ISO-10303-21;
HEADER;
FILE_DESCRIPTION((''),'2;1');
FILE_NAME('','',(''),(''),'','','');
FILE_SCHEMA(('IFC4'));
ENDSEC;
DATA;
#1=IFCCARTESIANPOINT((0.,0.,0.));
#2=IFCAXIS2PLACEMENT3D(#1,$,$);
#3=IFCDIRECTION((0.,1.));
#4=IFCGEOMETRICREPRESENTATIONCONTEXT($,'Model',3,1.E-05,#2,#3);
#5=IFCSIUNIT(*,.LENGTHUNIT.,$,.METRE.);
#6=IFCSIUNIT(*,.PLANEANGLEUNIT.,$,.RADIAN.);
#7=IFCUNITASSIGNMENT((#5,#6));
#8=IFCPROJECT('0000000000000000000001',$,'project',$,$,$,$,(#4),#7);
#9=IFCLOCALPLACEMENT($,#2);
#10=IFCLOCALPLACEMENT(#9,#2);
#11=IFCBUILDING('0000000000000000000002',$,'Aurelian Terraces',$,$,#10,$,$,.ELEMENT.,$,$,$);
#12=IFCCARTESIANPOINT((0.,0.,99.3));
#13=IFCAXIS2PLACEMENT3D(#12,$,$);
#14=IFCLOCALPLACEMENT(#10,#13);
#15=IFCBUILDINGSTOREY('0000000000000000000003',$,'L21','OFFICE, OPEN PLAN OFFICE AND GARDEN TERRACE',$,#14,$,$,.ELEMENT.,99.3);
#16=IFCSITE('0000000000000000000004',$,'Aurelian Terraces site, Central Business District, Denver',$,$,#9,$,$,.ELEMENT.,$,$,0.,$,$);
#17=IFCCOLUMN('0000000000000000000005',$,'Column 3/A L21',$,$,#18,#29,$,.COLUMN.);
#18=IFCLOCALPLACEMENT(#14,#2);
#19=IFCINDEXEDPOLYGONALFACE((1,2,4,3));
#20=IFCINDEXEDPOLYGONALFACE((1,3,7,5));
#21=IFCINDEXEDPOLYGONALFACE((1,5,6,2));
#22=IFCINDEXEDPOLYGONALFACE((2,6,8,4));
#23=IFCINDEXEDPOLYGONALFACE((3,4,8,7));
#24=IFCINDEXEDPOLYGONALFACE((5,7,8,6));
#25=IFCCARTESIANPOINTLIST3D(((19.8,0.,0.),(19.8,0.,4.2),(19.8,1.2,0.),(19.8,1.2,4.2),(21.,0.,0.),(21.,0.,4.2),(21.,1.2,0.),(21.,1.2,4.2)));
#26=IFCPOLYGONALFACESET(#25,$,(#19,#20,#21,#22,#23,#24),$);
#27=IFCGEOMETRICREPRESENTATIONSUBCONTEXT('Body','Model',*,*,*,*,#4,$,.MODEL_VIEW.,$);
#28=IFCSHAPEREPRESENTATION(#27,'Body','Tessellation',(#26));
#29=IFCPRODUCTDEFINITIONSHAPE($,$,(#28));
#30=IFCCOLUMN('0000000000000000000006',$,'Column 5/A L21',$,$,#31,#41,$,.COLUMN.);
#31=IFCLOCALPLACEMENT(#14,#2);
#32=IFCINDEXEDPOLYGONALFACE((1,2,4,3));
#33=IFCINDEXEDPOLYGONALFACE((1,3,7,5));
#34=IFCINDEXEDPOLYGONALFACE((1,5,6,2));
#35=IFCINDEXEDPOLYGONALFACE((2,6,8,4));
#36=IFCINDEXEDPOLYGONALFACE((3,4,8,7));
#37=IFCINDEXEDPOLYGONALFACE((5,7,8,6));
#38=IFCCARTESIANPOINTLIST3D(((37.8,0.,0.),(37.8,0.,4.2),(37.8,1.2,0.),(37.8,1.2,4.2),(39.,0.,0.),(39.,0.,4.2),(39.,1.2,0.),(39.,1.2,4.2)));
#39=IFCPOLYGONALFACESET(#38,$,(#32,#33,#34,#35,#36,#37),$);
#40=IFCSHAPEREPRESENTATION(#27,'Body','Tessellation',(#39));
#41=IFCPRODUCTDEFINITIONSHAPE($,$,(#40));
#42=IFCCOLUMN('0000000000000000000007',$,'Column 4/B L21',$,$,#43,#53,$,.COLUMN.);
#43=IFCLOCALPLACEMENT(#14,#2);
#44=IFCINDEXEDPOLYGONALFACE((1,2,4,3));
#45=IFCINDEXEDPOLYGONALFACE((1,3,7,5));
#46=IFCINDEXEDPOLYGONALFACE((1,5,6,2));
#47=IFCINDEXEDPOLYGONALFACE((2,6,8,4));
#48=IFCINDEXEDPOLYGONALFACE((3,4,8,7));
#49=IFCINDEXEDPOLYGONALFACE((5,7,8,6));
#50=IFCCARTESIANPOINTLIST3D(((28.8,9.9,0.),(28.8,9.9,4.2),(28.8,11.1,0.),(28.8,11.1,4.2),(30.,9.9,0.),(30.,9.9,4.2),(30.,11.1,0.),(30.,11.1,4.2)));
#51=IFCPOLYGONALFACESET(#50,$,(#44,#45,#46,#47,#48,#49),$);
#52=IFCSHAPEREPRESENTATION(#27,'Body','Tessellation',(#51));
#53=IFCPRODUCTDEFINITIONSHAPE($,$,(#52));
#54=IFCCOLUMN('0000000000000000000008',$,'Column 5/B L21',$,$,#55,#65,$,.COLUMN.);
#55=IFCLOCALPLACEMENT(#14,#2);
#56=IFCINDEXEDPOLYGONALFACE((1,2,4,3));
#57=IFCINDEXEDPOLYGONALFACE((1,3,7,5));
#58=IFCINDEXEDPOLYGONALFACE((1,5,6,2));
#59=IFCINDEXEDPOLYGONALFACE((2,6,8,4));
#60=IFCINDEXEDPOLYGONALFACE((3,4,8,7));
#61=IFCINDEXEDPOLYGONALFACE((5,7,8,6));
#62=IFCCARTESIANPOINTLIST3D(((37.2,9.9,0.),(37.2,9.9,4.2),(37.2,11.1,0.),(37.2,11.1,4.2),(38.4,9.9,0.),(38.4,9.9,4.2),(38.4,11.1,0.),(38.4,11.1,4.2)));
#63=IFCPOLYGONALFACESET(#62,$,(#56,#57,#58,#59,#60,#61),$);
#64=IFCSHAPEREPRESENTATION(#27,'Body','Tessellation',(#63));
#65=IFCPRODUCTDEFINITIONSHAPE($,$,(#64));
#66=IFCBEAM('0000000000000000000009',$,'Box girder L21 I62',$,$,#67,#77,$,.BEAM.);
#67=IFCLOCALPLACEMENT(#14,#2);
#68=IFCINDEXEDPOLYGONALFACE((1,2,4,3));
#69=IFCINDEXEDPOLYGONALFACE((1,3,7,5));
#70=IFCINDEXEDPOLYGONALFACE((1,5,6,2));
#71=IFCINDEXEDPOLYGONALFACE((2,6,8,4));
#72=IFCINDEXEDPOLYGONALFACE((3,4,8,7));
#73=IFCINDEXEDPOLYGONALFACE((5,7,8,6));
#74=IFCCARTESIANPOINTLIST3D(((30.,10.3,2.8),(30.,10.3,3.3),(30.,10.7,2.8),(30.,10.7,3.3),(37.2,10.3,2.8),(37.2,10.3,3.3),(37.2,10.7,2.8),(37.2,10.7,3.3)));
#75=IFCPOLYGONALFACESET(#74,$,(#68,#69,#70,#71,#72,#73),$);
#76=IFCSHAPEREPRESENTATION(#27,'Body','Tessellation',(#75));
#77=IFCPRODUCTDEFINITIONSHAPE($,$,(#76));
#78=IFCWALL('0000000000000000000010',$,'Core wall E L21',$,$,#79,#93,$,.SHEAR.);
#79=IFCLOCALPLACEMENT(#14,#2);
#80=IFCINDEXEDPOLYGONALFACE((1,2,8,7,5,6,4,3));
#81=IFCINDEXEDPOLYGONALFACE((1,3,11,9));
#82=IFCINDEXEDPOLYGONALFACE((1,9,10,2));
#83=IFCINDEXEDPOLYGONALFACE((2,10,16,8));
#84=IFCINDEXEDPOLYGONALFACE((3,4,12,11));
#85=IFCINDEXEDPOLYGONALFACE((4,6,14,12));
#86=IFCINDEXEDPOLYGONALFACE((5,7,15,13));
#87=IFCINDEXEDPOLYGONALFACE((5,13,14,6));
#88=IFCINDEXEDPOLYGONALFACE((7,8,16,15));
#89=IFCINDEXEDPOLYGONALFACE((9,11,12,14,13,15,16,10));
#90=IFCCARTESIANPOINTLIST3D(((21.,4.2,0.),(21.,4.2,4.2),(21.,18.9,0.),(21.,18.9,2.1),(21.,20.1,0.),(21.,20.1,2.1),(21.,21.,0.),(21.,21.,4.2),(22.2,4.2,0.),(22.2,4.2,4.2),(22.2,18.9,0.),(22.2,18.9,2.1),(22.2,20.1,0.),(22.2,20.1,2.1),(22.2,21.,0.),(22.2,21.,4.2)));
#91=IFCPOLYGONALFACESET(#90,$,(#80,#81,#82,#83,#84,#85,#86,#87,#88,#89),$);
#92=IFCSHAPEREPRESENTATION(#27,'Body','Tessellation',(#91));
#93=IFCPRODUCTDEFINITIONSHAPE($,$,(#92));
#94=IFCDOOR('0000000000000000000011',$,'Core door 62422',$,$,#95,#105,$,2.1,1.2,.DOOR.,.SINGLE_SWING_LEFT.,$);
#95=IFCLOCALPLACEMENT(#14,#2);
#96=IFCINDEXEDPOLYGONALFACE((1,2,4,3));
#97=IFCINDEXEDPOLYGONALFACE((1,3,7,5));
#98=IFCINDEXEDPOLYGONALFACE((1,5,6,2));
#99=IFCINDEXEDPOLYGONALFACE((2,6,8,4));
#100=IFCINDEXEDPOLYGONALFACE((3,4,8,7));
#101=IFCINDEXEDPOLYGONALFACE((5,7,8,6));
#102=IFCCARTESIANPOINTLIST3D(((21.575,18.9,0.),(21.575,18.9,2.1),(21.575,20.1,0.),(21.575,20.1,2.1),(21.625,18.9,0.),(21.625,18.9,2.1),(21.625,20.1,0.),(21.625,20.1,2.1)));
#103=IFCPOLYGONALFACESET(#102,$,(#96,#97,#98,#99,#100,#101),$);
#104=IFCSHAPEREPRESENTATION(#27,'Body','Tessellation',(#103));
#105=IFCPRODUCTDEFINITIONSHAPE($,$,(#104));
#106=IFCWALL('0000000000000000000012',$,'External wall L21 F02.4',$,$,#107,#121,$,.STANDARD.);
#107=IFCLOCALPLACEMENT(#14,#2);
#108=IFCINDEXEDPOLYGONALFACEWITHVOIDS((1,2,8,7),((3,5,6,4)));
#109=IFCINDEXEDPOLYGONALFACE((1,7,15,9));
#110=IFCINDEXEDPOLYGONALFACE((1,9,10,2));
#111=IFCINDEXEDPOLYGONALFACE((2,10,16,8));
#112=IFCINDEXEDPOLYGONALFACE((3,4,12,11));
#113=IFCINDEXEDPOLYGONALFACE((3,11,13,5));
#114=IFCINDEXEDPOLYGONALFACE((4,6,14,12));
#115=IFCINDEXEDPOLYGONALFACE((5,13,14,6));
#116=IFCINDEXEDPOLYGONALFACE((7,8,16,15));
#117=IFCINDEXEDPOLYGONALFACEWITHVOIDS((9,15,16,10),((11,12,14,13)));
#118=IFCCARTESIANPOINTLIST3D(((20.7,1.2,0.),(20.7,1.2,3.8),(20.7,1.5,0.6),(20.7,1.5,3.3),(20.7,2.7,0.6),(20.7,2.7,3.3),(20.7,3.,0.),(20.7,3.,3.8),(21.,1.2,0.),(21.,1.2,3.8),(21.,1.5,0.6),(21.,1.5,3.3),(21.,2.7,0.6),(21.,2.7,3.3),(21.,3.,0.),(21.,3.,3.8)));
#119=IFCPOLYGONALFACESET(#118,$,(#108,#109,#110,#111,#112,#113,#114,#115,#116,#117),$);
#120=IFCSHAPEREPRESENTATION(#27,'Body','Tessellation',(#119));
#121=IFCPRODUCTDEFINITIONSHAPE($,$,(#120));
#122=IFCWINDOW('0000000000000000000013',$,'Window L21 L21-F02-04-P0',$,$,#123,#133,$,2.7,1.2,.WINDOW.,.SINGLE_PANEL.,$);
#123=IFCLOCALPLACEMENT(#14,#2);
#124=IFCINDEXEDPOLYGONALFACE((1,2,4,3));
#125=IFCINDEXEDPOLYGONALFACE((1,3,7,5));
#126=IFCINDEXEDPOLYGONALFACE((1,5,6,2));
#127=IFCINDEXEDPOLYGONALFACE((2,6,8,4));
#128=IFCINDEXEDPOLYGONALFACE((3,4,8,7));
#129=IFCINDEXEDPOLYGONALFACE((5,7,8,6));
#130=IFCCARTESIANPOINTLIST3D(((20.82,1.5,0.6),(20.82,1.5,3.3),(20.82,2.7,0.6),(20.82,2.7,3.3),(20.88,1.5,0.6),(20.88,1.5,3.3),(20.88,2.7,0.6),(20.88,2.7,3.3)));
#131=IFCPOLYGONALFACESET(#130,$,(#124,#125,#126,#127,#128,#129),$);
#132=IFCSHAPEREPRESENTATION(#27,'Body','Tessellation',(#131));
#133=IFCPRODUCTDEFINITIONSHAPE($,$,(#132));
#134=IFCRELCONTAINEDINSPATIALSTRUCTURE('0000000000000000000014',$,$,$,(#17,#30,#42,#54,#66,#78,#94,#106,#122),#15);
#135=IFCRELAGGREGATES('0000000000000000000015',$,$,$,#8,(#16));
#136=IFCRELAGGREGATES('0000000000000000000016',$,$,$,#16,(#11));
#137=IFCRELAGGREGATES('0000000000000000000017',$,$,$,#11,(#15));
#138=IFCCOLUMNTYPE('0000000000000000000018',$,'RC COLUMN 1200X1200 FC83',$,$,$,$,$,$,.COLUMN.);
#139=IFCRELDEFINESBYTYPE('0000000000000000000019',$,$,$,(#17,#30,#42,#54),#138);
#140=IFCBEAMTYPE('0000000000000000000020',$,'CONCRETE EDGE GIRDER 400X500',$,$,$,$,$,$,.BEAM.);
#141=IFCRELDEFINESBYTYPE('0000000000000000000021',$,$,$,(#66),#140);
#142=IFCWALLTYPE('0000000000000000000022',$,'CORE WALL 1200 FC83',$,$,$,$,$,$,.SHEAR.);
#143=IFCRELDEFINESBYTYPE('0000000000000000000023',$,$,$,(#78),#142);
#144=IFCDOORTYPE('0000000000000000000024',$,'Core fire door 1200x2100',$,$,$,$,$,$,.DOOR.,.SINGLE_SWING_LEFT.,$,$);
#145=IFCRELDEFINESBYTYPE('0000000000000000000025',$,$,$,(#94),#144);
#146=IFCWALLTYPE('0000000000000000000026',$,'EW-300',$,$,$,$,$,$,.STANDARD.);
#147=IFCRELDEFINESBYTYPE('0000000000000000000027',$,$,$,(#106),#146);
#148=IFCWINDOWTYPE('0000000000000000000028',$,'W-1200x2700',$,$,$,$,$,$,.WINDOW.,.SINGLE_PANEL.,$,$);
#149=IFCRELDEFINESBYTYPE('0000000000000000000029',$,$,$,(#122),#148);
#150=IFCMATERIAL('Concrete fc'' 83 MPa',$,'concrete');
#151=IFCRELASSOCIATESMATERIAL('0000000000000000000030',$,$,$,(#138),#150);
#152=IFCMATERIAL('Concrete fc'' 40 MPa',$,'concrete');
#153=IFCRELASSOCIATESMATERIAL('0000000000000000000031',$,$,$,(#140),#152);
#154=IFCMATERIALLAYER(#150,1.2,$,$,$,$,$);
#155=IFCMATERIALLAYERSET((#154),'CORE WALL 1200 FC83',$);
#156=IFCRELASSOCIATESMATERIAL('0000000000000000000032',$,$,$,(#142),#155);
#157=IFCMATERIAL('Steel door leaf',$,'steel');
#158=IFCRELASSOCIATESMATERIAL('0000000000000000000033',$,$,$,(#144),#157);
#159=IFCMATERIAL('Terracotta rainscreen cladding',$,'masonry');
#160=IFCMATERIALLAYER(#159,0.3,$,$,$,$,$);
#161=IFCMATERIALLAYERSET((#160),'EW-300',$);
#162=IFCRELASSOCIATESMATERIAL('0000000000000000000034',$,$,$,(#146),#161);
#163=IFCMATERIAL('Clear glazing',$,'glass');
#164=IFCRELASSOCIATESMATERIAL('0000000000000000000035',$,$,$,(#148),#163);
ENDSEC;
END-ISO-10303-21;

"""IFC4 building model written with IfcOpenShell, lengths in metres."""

from ifc_helpers import new_model, si_unit, direction, frame, frame_2d, origin, origin_2d, place, context, subcontext, project, spatial, rectangle, extrude, source, transform, mapped, material, layer, layer_set, material_profile, profile_set, type_object, element, fill, save


model = new_model("IFC4")

# Units and contexts
model_context = context("Model", 3, precision=1e-05, world=origin(), true_north=direction((0.0, 1.0)))
body_context = subcontext(model_context, "Body", "Model", "MODEL_VIEW")
ifc_project = project(units=[si_unit("LENGTHUNIT", "METRE"), si_unit("PLANEANGLEUNIT", "RADIAN")], contexts=[model_context])

# Site, building, storey
site_placement = place(None, origin())
site = spatial("IfcSite", under=ifc_project, at=site_placement, Name="Aurelian Terraces site, Central Business District, Denver", CompositionType="ELEMENT", RefElevation=0.0)
building_placement = place(site_placement, origin())
building = spatial("IfcBuilding", under=site, at=building_placement, Name="Aurelian Terraces", CompositionType="ELEMENT")
storey_placement = place(building_placement, frame((0.0, 0.0, 99.3)))
storey = spatial("IfcBuildingStorey", under=building, at=storey_placement, Name="L21", Description="OFFICE, OPEN PLAN OFFICE AND GARDEN TERRACE", CompositionType="ELEMENT", Elevation=99.3)

# Columns
ifc_material_1 = material(Name="Concrete fc' 83 MPa", Category="concrete")
ifc_material_profile_1 = material_profile(ifc_material_1, rectangle(XDim=1.2, YDim=1.2, at=origin_2d()))
ifc_profile_set_1 = profile_set([ifc_material_profile_1], Name="Concrete fc' 83 MPa")
column_type = type_object("IfcColumnType", Name="RC COLUMN 1200X1200 FC83", PredefinedType="COLUMN", material=ifc_profile_set_1)
shared_shape_1 = source(origin(), body_context, "Body", "SweptSolid", [
    extrude(rectangle(XDim=1.2, YDim=1.2, at=origin_2d()), origin(), (0.0, 0.0, 1.0), 4.2),
])
for number, where, z_axis, x_axis, name in (
    (1, (20.4, 0.6, 0.0), (0.0, 0.0, 1.0), (1.0, 0.0, 0.0), "Column 3/A L21"),
    (2, (38.4, 0.6, 0.0), (0.0, 0.0, 1.0), (1.0, 0.0, 0.0), "Column 5/A L21"),
    (3, (29.4, 10.5, 0.0), (0.0, 0.0, 1.0), (1.0, 0.0, 0.0), "Column 4/B L21"),
    (4, (37.8, 10.5, 0.0), (0.0, 0.0, 1.0), (1.0, 0.0, 0.0), "Column 5/B L21"),
):
    element("IfcColumn", number, at=place(storey_placement, frame(where, z_axis=z_axis, x_axis=x_axis)), inside=storey, type_object=column_type, Name=name, PredefinedType="COLUMN", context=body_context, shape_type="MappedRepresentation", body=[
        mapped(shared_shape_1, transform((0.0, 0.0, 0.0), scale=1.0)),
    ])

# Beam
ifc_material_2 = material(Name="Concrete fc' 40 MPa", Category="concrete")
ifc_material_profile_2 = material_profile(ifc_material_2, rectangle(XDim=0.4, YDim=0.5, at=origin_2d()))
ifc_profile_set_2 = profile_set([ifc_material_profile_2], Name="Concrete fc' 40 MPa")
beam_type = type_object("IfcBeamType", Name="CONCRETE EDGE GIRDER 400X500", PredefinedType="BEAM", material=ifc_profile_set_2)
shared_shape_2 = source(origin(), body_context, "Body", "SweptSolid", [
    extrude(rectangle(XDim=0.4, YDim=0.5, at=origin_2d()), origin(), (0.0, 0.0, 1.0), 7.2),
])
beam_placement = place(storey_placement, frame((30.0, 10.5, 3.05), z_axis=(1.0, 0.0, 0.0), x_axis=(0.0, 1.0, 0.0)))
element("IfcBeam", 5, at=beam_placement, inside=storey, type_object=beam_type, Name="Box girder L21 I62", PredefinedType="BEAM", context=body_context, shape_type="MappedRepresentation", body=[
    mapped(shared_shape_2, transform((0.0, 0.0, 0.0), scale=1.0)),
])

# Wall, opening, door
ifc_layer_1 = layer(ifc_material_1, 1.2)
ifc_layer_set_1 = layer_set([ifc_layer_1], Name="CORE WALL 1200 FC83")
wall_type_1 = type_object("IfcWallType", Name="CORE WALL 1200 FC83", PredefinedType="SHEAR", material=ifc_layer_set_1)
shared_shape_3 = source(origin(), body_context, "Body", "SweptSolid", [
    extrude(rectangle(XDim=16.8, YDim=1.2, at=frame_2d((8.4, 0.0))), origin(), (0.0, 0.0, 1.0), 4.2),
])
wall_1_placement = place(storey_placement, frame((21.6, 4.2, 0.0), z_axis=(0.0, 0.0, 1.0), x_axis=(0.0, 1.0, 0.0)))
wall_1 = element("IfcWall", 6, at=wall_1_placement, inside=storey, type_object=wall_type_1, Name="Core wall E L21", PredefinedType="SHEAR", context=body_context, shape_type="MappedRepresentation", body=[
    mapped(shared_shape_3, transform((0.0, 0.0, 0.0), scale=1.0)),
])
shared_shape_4 = source(origin(), body_context, "Body", "SweptSolid", [
    extrude(rectangle(XDim=1.2, YDim=2.1, at=frame_2d((0.6, 1.05))), frame((0.0, 0.61, 0.0), z_axis=(0.0, -1.0, 0.0), x_axis=(1.0, 0.0, 0.0)), (0.0, 0.0, 1.0), 1.22),
])
opening_1_placement = place(wall_1_placement, frame((14.7, 0.0, 0.0)))
opening_1 = element("IfcOpeningElement", 7, at=opening_1_placement, cuts=wall_1, PredefinedType="OPENING", context=body_context, shape_type="MappedRepresentation", body=[
    mapped(shared_shape_4, transform((0.0, 0.0, 0.0), scale=1.0)),
])
ifc_material_3 = material(Name="Steel door leaf", Category="steel")
door_type = type_object("IfcDoorType", Name="Core fire door 1200x2100", OperationType="SINGLE_SWING_LEFT", PredefinedType="DOOR", material=ifc_material_3)
shared_shape_5 = source(origin(), body_context, "Body", "SweptSolid", [
    extrude(rectangle(XDim=1.2, YDim=2.1, at=frame_2d((0.6, 1.05))), frame((0.0, 0.025, 0.0), z_axis=(0.0, -1.0, 0.0), x_axis=(1.0, 0.0, 0.0)), (0.0, 0.0, 1.0), 0.05),
])
door_placement = place(opening_1_placement, origin())
door = element("IfcDoor", 8, at=door_placement, inside=storey, type_object=door_type, Name="Core door 62422", OperationType="SINGLE_SWING_LEFT", OverallHeight=2.1, OverallWidth=1.2, PredefinedType="DOOR", context=body_context, shape_type="MappedRepresentation", body=[
    mapped(shared_shape_5, transform((0.0, 0.0, 0.0), scale=1.0)),
])
fill(opening_1, door)

# Wall, opening, window
ifc_material_4 = material(Name="Terracotta rainscreen cladding", Category="masonry")
ifc_layer_2 = layer(ifc_material_4, 0.3)
ifc_layer_set_2 = layer_set([ifc_layer_2], Name="EW-300")
wall_type_2 = type_object("IfcWallType", Name="EW-300", PredefinedType="STANDARD", material=ifc_layer_set_2)
shared_shape_6 = source(origin(), body_context, "Body", "SweptSolid", [
    extrude(rectangle(XDim=1.8, YDim=0.3, at=frame_2d((0.9, 0.0))), origin(), (0.0, 0.0, 1.0), 3.8),
])
wall_2_placement = place(storey_placement, frame((20.85, 1.2, 0.0), z_axis=(0.0, 0.0, 1.0), x_axis=(0.0, 1.0, 0.0)))
wall_2 = element("IfcWall", 9, at=wall_2_placement, inside=storey, type_object=wall_type_2, Name="External wall L21 F02.4", PredefinedType="STANDARD", context=body_context, shape_type="MappedRepresentation", body=[
    mapped(shared_shape_6, transform((0.0, 0.0, 0.0), scale=1.0)),
])
shared_shape_7 = source(origin(), body_context, "Body", "SweptSolid", [
    extrude(rectangle(XDim=1.2, YDim=2.7, at=frame_2d((0.6, 1.35))), frame((0.0, 0.16, 0.0), z_axis=(0.0, -1.0, 0.0), x_axis=(1.0, 0.0, 0.0)), (0.0, 0.0, 1.0), 0.32),
])
opening_2_placement = place(wall_2_placement, frame((0.3, 0.0, 0.6)))
opening_2 = element("IfcOpeningElement", 10, at=opening_2_placement, cuts=wall_2, PredefinedType="OPENING", context=body_context, shape_type="MappedRepresentation", body=[
    mapped(shared_shape_7, transform((0.0, 0.0, 0.0), scale=1.0)),
])
ifc_material_5 = material(Name="Clear glazing", Category="glass")
window_type_1 = type_object("IfcWindowType", Name="W-1200x2700", PartitioningType="SINGLE_PANEL", PredefinedType="WINDOW", material=ifc_material_5)
shared_shape_8 = source(origin(), body_context, "Body", "SweptSolid", [
    extrude(rectangle(XDim=1.2, YDim=2.7, at=frame_2d((0.6, 1.35))), frame((0.0, 0.03, 0.0), z_axis=(0.0, -1.0, 0.0), x_axis=(1.0, 0.0, 0.0)), (0.0, 0.0, 1.0), 0.06),
])
window_1_placement = place(opening_2_placement, origin())
window_1 = element("IfcWindow", 11, at=window_1_placement, inside=storey, type_object=window_type_1, Name="Window L21 L21-F02-04-P0", OverallHeight=2.7, OverallWidth=1.2, PartitioningType="SINGLE_PANEL", PredefinedType="WINDOW", context=body_context, shape_type="MappedRepresentation", body=[
    mapped(shared_shape_8, transform((0.0, 0.0, 0.0), scale=1.0)),
])
fill(opening_2, window_1)

save(model, "model.ifc")
